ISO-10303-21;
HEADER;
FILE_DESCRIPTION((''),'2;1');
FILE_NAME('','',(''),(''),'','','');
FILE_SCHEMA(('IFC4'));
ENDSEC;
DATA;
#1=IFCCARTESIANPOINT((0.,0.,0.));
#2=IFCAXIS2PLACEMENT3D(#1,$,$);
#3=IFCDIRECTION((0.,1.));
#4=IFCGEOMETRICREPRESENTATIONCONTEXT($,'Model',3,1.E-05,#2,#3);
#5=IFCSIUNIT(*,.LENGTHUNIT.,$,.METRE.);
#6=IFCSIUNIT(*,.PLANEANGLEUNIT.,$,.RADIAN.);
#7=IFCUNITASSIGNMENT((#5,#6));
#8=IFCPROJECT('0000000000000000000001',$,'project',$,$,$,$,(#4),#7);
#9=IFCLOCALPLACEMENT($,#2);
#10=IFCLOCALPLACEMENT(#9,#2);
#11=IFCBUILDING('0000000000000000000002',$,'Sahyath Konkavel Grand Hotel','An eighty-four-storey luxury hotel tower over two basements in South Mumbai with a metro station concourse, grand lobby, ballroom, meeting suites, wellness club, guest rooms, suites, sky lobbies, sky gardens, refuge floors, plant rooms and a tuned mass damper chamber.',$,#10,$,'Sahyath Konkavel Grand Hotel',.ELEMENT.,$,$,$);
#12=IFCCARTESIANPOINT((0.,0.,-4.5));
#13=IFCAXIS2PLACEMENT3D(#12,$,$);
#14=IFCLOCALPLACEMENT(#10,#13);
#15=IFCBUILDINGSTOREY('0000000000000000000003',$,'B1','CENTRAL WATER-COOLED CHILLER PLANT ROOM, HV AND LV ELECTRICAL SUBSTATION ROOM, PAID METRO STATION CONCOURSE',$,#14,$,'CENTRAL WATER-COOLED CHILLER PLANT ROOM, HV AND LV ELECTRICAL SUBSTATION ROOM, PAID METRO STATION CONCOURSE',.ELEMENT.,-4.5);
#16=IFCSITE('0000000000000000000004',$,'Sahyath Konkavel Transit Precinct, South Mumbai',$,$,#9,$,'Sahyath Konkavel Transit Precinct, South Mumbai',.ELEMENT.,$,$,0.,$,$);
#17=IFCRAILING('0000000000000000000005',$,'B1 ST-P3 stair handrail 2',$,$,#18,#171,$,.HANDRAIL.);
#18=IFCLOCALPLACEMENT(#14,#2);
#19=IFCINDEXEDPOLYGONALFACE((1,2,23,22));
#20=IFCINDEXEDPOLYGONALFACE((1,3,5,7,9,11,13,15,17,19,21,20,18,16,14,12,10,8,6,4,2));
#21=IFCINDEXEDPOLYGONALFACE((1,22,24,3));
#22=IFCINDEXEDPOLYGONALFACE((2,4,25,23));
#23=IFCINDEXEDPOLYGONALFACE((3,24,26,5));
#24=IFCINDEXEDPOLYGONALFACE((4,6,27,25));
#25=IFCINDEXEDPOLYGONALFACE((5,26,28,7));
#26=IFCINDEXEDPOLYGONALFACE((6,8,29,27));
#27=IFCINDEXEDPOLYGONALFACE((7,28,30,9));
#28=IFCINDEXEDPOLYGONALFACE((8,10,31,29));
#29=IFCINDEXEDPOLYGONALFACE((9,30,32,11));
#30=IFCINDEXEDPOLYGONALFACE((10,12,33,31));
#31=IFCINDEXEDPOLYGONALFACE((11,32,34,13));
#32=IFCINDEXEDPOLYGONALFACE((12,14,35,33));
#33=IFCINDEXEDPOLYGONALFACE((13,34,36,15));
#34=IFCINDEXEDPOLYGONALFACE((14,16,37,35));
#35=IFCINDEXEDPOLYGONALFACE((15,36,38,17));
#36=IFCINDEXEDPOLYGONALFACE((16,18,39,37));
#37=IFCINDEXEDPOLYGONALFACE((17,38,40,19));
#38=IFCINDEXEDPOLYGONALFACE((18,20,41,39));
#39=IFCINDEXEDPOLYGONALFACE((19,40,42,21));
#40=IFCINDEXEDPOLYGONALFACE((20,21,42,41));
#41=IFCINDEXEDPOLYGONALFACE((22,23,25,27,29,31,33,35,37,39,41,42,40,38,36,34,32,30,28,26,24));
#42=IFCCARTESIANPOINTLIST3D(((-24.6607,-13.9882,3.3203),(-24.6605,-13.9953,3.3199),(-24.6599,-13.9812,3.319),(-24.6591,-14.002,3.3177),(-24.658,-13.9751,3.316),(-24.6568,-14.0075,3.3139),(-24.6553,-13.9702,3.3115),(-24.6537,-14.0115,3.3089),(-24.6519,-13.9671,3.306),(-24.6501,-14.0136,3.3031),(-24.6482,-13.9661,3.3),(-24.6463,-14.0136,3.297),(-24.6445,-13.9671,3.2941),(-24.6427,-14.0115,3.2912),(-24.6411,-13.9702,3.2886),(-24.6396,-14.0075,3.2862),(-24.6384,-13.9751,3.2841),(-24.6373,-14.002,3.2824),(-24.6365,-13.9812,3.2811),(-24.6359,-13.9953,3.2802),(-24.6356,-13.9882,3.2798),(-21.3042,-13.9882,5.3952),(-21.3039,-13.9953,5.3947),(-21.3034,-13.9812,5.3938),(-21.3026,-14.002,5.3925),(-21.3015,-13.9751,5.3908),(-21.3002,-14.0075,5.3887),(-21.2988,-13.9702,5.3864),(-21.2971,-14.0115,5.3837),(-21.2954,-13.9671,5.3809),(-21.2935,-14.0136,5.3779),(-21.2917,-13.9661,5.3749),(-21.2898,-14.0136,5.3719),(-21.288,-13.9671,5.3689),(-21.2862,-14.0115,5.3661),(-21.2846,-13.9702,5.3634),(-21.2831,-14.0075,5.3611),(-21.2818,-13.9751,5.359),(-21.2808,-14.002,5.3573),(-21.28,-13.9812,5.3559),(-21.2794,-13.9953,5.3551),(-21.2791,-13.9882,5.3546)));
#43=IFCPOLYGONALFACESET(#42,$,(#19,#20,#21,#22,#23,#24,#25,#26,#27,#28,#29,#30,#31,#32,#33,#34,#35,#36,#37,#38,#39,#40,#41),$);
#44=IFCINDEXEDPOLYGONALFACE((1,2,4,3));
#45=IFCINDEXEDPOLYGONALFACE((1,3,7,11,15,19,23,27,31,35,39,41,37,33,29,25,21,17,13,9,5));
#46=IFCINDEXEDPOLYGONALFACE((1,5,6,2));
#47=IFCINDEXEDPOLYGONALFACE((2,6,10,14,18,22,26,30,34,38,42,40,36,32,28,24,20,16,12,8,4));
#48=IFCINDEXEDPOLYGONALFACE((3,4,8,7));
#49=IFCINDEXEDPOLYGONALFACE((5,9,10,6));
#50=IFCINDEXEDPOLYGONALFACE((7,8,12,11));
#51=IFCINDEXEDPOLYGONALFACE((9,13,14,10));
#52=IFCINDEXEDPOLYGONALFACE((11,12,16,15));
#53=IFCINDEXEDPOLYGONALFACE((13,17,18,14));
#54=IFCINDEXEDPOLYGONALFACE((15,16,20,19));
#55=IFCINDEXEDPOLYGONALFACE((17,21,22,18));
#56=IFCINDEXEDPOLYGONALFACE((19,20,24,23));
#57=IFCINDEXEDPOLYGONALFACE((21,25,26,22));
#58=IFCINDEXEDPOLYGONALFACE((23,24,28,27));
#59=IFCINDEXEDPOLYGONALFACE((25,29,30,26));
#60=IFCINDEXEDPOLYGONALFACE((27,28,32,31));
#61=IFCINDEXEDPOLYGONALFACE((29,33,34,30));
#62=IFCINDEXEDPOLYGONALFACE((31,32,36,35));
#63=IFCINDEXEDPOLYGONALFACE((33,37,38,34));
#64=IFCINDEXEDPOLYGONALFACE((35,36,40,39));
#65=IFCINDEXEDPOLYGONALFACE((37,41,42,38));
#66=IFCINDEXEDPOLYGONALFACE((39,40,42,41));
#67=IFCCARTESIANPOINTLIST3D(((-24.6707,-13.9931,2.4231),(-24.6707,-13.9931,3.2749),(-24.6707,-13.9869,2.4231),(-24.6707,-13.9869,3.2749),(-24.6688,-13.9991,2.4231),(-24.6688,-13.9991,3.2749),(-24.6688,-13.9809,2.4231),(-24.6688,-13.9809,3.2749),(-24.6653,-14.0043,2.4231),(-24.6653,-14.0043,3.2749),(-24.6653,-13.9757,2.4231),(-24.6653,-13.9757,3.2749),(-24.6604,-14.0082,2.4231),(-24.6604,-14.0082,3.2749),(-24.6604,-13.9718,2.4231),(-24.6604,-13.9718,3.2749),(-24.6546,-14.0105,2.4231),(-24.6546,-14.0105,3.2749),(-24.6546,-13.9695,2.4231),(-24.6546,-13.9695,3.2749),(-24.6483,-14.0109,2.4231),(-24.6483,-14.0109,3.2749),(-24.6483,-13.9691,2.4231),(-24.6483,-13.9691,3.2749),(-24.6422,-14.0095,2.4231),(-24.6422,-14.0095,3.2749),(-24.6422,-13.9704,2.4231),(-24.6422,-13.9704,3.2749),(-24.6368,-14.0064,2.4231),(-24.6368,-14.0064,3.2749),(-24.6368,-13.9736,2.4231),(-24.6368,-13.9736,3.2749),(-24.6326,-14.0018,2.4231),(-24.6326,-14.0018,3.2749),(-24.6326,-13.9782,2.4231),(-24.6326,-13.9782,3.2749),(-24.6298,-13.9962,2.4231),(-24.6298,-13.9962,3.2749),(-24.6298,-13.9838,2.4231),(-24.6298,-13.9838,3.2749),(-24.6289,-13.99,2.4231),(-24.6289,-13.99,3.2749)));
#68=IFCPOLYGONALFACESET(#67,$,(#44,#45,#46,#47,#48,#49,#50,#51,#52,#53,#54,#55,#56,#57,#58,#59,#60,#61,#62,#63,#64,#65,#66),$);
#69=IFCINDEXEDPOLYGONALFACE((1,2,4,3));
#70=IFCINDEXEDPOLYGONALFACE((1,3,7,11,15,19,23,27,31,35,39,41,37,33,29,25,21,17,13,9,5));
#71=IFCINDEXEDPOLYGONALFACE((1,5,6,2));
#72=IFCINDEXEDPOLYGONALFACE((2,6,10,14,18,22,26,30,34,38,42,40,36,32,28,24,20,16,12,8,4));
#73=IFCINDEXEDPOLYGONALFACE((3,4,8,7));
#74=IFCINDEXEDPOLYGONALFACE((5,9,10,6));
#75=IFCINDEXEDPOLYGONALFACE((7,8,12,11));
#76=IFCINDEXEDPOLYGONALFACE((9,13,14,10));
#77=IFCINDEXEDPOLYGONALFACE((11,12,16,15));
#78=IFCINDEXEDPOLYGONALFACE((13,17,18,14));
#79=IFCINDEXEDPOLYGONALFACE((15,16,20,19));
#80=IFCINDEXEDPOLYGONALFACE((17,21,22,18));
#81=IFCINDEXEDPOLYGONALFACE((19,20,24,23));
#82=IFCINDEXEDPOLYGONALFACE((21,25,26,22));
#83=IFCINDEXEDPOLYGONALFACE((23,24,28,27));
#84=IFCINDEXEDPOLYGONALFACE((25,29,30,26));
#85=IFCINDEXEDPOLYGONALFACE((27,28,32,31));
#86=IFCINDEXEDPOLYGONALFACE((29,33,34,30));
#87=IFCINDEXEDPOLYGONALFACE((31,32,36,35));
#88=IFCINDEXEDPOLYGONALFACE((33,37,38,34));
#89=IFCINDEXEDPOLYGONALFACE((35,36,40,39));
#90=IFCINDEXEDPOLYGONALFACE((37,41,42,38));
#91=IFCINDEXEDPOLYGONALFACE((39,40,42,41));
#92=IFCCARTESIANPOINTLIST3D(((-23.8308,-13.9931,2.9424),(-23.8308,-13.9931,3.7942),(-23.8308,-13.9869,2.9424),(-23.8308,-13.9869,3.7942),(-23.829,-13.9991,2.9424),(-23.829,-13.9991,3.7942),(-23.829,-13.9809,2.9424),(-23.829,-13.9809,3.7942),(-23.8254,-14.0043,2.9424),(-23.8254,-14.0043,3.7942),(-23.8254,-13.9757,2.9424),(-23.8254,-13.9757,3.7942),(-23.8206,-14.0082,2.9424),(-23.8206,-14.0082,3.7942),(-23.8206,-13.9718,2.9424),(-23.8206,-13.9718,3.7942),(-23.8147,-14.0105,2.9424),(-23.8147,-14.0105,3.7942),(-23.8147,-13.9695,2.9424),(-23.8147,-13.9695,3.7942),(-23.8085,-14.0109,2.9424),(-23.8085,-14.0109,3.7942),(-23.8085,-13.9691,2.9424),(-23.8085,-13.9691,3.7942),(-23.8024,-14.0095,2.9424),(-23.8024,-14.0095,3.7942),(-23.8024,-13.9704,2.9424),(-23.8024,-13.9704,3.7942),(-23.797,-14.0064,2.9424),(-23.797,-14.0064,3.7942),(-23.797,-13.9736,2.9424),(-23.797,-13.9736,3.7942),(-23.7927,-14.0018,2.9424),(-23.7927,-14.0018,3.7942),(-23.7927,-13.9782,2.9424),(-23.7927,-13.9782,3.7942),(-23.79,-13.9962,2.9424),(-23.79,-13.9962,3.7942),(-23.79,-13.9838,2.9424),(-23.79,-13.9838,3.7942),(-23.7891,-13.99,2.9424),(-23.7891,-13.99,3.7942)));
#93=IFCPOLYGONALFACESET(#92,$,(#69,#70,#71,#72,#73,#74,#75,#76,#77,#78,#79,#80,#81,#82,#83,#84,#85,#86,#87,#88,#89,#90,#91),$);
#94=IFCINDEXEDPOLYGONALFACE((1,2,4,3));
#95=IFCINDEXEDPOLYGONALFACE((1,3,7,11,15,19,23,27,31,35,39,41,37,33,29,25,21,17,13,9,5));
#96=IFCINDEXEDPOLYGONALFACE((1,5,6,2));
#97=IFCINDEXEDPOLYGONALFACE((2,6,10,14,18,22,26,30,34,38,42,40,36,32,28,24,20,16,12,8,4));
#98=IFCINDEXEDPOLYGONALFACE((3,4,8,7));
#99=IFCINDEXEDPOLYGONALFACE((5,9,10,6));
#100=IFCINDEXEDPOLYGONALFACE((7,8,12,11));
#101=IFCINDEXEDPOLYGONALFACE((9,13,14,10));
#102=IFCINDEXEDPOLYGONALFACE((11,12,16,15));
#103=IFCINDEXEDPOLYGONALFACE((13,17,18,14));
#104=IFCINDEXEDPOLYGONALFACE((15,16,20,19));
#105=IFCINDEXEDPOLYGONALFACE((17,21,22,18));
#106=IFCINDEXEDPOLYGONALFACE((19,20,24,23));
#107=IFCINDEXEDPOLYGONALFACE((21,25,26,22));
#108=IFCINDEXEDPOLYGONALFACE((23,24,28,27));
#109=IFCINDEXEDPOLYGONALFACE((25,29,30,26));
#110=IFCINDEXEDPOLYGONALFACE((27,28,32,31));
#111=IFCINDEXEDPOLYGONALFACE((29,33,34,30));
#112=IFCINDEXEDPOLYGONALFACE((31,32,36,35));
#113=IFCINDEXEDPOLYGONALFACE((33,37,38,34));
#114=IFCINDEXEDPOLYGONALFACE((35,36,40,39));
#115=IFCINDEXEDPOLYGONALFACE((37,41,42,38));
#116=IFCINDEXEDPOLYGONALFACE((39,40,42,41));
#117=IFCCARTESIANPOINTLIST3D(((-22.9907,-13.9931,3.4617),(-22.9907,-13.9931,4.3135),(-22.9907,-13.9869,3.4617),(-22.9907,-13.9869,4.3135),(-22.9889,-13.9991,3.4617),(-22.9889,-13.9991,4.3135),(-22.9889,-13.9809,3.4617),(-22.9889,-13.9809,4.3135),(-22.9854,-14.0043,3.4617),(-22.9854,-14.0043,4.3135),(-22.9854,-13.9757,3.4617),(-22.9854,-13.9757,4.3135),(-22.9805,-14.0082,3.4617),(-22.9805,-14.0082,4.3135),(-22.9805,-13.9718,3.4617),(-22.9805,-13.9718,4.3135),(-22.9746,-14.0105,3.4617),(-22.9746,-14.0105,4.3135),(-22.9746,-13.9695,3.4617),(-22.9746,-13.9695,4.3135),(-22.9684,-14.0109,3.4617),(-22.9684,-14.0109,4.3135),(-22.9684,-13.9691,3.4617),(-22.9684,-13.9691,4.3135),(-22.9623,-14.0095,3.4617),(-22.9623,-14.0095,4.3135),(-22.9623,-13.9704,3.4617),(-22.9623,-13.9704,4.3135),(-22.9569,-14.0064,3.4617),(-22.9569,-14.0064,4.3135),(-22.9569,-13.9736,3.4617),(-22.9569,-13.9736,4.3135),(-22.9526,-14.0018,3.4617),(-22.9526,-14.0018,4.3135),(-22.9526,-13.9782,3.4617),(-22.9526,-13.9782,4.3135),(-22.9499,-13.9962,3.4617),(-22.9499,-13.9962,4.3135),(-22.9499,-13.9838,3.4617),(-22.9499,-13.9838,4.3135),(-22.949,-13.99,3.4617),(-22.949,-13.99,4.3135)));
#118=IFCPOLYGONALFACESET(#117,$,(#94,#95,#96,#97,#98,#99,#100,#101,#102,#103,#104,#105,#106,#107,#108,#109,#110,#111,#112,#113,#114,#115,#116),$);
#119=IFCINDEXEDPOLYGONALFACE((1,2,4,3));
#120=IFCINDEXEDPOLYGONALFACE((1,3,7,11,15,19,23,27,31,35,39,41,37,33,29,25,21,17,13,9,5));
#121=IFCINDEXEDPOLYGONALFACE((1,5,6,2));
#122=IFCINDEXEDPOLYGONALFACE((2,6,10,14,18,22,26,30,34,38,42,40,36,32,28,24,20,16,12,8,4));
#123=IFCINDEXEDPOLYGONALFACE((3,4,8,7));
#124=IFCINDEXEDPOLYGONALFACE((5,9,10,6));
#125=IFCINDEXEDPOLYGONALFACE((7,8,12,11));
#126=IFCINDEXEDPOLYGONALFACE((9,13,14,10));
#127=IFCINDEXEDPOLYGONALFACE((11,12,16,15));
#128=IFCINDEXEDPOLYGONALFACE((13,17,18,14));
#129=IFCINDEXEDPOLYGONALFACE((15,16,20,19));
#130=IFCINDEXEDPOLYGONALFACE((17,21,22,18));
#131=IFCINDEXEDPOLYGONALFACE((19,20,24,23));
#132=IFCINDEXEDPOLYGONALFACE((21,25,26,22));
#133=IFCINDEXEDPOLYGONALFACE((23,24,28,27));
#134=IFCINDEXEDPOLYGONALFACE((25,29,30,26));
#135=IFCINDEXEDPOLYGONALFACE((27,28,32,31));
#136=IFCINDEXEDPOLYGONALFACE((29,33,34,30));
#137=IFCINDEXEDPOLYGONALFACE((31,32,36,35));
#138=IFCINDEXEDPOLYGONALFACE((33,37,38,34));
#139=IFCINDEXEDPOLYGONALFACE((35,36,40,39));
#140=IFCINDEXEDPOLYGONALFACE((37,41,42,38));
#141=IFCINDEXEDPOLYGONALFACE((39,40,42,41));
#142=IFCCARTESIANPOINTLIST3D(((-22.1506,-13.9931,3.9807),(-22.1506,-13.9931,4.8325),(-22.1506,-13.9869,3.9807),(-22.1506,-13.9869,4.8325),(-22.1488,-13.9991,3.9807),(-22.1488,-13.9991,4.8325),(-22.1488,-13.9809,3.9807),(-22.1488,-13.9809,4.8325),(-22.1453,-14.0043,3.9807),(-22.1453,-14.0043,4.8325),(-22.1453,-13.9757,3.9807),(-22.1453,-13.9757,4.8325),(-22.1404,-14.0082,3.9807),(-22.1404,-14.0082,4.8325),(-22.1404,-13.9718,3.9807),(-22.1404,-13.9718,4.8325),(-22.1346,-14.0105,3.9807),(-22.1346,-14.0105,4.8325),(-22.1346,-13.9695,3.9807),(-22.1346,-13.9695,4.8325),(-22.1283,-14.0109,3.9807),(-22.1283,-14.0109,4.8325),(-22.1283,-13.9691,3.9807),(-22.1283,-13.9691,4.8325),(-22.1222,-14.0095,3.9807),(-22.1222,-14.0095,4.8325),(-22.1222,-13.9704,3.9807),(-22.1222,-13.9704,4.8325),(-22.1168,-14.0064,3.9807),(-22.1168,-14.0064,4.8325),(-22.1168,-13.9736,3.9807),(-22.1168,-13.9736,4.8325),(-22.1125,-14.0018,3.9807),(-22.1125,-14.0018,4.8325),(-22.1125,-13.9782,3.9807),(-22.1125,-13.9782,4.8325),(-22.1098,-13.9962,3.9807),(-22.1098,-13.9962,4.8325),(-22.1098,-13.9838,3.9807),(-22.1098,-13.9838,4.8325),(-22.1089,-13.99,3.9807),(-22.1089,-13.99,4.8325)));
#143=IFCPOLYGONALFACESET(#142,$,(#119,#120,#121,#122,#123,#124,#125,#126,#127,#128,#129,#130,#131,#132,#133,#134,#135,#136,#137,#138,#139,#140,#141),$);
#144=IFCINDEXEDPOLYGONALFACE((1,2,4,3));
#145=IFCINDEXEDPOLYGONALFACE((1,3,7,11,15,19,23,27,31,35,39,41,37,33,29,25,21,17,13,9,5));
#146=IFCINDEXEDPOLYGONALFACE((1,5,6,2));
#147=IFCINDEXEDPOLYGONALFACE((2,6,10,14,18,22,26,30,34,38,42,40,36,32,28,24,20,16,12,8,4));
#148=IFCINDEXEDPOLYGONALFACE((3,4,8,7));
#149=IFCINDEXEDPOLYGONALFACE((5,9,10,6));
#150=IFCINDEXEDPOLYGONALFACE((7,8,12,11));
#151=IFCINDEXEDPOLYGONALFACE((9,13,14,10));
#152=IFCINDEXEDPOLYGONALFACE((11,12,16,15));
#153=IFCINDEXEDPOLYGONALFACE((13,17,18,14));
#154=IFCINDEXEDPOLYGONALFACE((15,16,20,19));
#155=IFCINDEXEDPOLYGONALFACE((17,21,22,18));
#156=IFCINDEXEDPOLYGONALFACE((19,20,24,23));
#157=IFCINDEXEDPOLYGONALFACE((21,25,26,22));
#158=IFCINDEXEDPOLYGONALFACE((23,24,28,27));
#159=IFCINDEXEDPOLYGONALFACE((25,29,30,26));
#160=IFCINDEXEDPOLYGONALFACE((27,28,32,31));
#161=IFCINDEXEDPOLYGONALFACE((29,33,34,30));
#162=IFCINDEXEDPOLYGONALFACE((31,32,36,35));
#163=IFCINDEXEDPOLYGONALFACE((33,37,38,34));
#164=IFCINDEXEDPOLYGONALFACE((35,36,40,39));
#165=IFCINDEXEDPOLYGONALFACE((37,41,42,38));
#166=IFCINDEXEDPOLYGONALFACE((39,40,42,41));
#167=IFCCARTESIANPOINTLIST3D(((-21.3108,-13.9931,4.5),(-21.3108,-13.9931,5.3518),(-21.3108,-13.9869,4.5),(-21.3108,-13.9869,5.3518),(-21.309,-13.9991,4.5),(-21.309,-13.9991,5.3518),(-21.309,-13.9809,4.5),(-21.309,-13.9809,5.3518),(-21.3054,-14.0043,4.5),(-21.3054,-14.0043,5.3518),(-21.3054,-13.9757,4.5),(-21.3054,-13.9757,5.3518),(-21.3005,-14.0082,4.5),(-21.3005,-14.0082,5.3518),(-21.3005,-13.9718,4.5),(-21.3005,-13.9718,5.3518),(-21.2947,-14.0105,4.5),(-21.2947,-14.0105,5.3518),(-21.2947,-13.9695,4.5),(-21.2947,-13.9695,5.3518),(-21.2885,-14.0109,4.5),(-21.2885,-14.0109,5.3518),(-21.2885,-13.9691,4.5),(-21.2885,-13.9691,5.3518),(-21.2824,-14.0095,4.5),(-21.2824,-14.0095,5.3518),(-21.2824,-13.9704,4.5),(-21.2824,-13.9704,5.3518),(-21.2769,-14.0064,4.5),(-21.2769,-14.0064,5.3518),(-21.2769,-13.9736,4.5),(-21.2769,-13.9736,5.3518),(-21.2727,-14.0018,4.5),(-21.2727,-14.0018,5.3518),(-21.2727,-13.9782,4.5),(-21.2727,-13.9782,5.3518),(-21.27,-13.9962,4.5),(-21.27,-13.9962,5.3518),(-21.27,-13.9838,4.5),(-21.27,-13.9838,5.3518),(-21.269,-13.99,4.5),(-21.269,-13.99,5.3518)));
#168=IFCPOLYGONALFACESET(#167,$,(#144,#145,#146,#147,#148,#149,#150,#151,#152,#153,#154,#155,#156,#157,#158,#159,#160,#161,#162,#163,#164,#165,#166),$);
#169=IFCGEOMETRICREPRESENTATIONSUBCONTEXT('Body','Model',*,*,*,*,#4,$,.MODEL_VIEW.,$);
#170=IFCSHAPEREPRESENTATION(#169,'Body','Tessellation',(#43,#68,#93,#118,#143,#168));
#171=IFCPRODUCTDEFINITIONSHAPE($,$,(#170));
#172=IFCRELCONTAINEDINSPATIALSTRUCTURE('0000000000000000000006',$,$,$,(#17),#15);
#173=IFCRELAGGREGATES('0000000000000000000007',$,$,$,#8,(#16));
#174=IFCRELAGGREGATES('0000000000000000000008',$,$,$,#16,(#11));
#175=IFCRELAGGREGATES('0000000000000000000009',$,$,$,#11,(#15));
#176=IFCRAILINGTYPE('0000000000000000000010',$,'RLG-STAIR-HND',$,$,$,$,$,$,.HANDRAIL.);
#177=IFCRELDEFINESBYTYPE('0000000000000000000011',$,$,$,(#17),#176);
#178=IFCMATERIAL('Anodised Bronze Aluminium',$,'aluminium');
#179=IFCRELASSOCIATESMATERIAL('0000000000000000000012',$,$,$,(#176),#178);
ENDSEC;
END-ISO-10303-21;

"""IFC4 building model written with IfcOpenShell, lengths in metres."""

from ifc_helpers import new_model, si_unit, direction, frame, origin, origin_2d, place, context, subcontext, project, spatial, circle, extrude, material, type_object, element, save


model = new_model("IFC4")

# Units and contexts
model_context = context("Model", 3, precision=1e-05, world=origin(), true_north=direction((0.0, 1.0)))
body_context = subcontext(model_context, "Body", "Model", "MODEL_VIEW")
ifc_project = project(units=[si_unit("LENGTHUNIT", "METRE"), si_unit("PLANEANGLEUNIT", "RADIAN")], contexts=[model_context])

# Site, building, storey
site_placement = place(None, origin())
site = spatial("IfcSite", under=ifc_project, at=site_placement, Name="Sahyath Konkavel Transit Precinct, South Mumbai", LongName="Sahyath Konkavel Transit Precinct, South Mumbai", CompositionType="ELEMENT", RefElevation=0.0)
building_placement = place(site_placement, origin())
building = spatial("IfcBuilding", under=site, at=building_placement, Name="Sahyath Konkavel Grand Hotel", Description="An eighty-four-storey luxury hotel tower over two basements in South Mumbai with a metro station concourse, grand lobby, ballroom, meeting suites, wellness club, guest rooms, suites, sky lobbies, sky gardens, refuge floors, plant rooms and a tuned mass damper chamber.", LongName="Sahyath Konkavel Grand Hotel", CompositionType="ELEMENT")
storey_placement = place(building_placement, frame((0.0, 0.0, -4.5)))
storey = spatial("IfcBuildingStorey", under=building, at=storey_placement, Name="B1", Description="CENTRAL WATER-COOLED CHILLER PLANT ROOM, HV AND LV ELECTRICAL SUBSTATION ROOM, PAID METRO STATION CONCOURSE", LongName="CENTRAL WATER-COOLED CHILLER PLANT ROOM, HV AND LV ELECTRICAL SUBSTATION ROOM, PAID METRO STATION CONCOURSE", CompositionType="ELEMENT", Elevation=-4.5)

# Railing
ifc_material_1 = material(Name="Anodised Bronze Aluminium", Category="aluminium")
railing_type_1 = type_object("IfcRailingType", Name="RLG-STAIR-HND", PredefinedType="HANDRAIL", material=ifc_material_1)
railing_1_placement = place(storey_placement, frame((-24.6499, -13.99, 2.4231)))
element("IfcRailing", 1, at=railing_1_placement, inside=storey, type_object=railing_type_1, Name="B1 ST-P3 stair handrail 2", PredefinedType="HANDRAIL", context=body_context, shape_type="SweptSolid", body=[
    extrude(circle(Radius=0.0239, at=origin_2d()), frame((0.0017, 0.0, 0.877), z_axis=(0.850606, 0.0, 0.525803), x_axis=(0.0, 1.0, 0.0)), (0.0, 0.0, 1.0), 3.946),
    extrude(circle(Radius=0.021, at=origin_2d()), origin(), (0.0, 0.0, 1.0), 0.8518),
    extrude(circle(Radius=0.021, at=origin_2d()), frame((0.8398, 0.0, 0.5193)), (0.0, 0.0, 1.0), 0.8518),
    extrude(circle(Radius=0.021, at=origin_2d()), frame((1.6799, 0.0, 1.0386)), (0.0, 0.0, 1.0), 0.8518),
    extrude(circle(Radius=0.021, at=origin_2d()), frame((2.52, 0.0, 1.5576)), (0.0, 0.0, 1.0), 0.8518),
    extrude(circle(Radius=0.021, at=origin_2d()), frame((3.3599, 0.0, 2.0769)), (0.0, 0.0, 1.0), 0.8518),
])

save(model, "model.ifc")
